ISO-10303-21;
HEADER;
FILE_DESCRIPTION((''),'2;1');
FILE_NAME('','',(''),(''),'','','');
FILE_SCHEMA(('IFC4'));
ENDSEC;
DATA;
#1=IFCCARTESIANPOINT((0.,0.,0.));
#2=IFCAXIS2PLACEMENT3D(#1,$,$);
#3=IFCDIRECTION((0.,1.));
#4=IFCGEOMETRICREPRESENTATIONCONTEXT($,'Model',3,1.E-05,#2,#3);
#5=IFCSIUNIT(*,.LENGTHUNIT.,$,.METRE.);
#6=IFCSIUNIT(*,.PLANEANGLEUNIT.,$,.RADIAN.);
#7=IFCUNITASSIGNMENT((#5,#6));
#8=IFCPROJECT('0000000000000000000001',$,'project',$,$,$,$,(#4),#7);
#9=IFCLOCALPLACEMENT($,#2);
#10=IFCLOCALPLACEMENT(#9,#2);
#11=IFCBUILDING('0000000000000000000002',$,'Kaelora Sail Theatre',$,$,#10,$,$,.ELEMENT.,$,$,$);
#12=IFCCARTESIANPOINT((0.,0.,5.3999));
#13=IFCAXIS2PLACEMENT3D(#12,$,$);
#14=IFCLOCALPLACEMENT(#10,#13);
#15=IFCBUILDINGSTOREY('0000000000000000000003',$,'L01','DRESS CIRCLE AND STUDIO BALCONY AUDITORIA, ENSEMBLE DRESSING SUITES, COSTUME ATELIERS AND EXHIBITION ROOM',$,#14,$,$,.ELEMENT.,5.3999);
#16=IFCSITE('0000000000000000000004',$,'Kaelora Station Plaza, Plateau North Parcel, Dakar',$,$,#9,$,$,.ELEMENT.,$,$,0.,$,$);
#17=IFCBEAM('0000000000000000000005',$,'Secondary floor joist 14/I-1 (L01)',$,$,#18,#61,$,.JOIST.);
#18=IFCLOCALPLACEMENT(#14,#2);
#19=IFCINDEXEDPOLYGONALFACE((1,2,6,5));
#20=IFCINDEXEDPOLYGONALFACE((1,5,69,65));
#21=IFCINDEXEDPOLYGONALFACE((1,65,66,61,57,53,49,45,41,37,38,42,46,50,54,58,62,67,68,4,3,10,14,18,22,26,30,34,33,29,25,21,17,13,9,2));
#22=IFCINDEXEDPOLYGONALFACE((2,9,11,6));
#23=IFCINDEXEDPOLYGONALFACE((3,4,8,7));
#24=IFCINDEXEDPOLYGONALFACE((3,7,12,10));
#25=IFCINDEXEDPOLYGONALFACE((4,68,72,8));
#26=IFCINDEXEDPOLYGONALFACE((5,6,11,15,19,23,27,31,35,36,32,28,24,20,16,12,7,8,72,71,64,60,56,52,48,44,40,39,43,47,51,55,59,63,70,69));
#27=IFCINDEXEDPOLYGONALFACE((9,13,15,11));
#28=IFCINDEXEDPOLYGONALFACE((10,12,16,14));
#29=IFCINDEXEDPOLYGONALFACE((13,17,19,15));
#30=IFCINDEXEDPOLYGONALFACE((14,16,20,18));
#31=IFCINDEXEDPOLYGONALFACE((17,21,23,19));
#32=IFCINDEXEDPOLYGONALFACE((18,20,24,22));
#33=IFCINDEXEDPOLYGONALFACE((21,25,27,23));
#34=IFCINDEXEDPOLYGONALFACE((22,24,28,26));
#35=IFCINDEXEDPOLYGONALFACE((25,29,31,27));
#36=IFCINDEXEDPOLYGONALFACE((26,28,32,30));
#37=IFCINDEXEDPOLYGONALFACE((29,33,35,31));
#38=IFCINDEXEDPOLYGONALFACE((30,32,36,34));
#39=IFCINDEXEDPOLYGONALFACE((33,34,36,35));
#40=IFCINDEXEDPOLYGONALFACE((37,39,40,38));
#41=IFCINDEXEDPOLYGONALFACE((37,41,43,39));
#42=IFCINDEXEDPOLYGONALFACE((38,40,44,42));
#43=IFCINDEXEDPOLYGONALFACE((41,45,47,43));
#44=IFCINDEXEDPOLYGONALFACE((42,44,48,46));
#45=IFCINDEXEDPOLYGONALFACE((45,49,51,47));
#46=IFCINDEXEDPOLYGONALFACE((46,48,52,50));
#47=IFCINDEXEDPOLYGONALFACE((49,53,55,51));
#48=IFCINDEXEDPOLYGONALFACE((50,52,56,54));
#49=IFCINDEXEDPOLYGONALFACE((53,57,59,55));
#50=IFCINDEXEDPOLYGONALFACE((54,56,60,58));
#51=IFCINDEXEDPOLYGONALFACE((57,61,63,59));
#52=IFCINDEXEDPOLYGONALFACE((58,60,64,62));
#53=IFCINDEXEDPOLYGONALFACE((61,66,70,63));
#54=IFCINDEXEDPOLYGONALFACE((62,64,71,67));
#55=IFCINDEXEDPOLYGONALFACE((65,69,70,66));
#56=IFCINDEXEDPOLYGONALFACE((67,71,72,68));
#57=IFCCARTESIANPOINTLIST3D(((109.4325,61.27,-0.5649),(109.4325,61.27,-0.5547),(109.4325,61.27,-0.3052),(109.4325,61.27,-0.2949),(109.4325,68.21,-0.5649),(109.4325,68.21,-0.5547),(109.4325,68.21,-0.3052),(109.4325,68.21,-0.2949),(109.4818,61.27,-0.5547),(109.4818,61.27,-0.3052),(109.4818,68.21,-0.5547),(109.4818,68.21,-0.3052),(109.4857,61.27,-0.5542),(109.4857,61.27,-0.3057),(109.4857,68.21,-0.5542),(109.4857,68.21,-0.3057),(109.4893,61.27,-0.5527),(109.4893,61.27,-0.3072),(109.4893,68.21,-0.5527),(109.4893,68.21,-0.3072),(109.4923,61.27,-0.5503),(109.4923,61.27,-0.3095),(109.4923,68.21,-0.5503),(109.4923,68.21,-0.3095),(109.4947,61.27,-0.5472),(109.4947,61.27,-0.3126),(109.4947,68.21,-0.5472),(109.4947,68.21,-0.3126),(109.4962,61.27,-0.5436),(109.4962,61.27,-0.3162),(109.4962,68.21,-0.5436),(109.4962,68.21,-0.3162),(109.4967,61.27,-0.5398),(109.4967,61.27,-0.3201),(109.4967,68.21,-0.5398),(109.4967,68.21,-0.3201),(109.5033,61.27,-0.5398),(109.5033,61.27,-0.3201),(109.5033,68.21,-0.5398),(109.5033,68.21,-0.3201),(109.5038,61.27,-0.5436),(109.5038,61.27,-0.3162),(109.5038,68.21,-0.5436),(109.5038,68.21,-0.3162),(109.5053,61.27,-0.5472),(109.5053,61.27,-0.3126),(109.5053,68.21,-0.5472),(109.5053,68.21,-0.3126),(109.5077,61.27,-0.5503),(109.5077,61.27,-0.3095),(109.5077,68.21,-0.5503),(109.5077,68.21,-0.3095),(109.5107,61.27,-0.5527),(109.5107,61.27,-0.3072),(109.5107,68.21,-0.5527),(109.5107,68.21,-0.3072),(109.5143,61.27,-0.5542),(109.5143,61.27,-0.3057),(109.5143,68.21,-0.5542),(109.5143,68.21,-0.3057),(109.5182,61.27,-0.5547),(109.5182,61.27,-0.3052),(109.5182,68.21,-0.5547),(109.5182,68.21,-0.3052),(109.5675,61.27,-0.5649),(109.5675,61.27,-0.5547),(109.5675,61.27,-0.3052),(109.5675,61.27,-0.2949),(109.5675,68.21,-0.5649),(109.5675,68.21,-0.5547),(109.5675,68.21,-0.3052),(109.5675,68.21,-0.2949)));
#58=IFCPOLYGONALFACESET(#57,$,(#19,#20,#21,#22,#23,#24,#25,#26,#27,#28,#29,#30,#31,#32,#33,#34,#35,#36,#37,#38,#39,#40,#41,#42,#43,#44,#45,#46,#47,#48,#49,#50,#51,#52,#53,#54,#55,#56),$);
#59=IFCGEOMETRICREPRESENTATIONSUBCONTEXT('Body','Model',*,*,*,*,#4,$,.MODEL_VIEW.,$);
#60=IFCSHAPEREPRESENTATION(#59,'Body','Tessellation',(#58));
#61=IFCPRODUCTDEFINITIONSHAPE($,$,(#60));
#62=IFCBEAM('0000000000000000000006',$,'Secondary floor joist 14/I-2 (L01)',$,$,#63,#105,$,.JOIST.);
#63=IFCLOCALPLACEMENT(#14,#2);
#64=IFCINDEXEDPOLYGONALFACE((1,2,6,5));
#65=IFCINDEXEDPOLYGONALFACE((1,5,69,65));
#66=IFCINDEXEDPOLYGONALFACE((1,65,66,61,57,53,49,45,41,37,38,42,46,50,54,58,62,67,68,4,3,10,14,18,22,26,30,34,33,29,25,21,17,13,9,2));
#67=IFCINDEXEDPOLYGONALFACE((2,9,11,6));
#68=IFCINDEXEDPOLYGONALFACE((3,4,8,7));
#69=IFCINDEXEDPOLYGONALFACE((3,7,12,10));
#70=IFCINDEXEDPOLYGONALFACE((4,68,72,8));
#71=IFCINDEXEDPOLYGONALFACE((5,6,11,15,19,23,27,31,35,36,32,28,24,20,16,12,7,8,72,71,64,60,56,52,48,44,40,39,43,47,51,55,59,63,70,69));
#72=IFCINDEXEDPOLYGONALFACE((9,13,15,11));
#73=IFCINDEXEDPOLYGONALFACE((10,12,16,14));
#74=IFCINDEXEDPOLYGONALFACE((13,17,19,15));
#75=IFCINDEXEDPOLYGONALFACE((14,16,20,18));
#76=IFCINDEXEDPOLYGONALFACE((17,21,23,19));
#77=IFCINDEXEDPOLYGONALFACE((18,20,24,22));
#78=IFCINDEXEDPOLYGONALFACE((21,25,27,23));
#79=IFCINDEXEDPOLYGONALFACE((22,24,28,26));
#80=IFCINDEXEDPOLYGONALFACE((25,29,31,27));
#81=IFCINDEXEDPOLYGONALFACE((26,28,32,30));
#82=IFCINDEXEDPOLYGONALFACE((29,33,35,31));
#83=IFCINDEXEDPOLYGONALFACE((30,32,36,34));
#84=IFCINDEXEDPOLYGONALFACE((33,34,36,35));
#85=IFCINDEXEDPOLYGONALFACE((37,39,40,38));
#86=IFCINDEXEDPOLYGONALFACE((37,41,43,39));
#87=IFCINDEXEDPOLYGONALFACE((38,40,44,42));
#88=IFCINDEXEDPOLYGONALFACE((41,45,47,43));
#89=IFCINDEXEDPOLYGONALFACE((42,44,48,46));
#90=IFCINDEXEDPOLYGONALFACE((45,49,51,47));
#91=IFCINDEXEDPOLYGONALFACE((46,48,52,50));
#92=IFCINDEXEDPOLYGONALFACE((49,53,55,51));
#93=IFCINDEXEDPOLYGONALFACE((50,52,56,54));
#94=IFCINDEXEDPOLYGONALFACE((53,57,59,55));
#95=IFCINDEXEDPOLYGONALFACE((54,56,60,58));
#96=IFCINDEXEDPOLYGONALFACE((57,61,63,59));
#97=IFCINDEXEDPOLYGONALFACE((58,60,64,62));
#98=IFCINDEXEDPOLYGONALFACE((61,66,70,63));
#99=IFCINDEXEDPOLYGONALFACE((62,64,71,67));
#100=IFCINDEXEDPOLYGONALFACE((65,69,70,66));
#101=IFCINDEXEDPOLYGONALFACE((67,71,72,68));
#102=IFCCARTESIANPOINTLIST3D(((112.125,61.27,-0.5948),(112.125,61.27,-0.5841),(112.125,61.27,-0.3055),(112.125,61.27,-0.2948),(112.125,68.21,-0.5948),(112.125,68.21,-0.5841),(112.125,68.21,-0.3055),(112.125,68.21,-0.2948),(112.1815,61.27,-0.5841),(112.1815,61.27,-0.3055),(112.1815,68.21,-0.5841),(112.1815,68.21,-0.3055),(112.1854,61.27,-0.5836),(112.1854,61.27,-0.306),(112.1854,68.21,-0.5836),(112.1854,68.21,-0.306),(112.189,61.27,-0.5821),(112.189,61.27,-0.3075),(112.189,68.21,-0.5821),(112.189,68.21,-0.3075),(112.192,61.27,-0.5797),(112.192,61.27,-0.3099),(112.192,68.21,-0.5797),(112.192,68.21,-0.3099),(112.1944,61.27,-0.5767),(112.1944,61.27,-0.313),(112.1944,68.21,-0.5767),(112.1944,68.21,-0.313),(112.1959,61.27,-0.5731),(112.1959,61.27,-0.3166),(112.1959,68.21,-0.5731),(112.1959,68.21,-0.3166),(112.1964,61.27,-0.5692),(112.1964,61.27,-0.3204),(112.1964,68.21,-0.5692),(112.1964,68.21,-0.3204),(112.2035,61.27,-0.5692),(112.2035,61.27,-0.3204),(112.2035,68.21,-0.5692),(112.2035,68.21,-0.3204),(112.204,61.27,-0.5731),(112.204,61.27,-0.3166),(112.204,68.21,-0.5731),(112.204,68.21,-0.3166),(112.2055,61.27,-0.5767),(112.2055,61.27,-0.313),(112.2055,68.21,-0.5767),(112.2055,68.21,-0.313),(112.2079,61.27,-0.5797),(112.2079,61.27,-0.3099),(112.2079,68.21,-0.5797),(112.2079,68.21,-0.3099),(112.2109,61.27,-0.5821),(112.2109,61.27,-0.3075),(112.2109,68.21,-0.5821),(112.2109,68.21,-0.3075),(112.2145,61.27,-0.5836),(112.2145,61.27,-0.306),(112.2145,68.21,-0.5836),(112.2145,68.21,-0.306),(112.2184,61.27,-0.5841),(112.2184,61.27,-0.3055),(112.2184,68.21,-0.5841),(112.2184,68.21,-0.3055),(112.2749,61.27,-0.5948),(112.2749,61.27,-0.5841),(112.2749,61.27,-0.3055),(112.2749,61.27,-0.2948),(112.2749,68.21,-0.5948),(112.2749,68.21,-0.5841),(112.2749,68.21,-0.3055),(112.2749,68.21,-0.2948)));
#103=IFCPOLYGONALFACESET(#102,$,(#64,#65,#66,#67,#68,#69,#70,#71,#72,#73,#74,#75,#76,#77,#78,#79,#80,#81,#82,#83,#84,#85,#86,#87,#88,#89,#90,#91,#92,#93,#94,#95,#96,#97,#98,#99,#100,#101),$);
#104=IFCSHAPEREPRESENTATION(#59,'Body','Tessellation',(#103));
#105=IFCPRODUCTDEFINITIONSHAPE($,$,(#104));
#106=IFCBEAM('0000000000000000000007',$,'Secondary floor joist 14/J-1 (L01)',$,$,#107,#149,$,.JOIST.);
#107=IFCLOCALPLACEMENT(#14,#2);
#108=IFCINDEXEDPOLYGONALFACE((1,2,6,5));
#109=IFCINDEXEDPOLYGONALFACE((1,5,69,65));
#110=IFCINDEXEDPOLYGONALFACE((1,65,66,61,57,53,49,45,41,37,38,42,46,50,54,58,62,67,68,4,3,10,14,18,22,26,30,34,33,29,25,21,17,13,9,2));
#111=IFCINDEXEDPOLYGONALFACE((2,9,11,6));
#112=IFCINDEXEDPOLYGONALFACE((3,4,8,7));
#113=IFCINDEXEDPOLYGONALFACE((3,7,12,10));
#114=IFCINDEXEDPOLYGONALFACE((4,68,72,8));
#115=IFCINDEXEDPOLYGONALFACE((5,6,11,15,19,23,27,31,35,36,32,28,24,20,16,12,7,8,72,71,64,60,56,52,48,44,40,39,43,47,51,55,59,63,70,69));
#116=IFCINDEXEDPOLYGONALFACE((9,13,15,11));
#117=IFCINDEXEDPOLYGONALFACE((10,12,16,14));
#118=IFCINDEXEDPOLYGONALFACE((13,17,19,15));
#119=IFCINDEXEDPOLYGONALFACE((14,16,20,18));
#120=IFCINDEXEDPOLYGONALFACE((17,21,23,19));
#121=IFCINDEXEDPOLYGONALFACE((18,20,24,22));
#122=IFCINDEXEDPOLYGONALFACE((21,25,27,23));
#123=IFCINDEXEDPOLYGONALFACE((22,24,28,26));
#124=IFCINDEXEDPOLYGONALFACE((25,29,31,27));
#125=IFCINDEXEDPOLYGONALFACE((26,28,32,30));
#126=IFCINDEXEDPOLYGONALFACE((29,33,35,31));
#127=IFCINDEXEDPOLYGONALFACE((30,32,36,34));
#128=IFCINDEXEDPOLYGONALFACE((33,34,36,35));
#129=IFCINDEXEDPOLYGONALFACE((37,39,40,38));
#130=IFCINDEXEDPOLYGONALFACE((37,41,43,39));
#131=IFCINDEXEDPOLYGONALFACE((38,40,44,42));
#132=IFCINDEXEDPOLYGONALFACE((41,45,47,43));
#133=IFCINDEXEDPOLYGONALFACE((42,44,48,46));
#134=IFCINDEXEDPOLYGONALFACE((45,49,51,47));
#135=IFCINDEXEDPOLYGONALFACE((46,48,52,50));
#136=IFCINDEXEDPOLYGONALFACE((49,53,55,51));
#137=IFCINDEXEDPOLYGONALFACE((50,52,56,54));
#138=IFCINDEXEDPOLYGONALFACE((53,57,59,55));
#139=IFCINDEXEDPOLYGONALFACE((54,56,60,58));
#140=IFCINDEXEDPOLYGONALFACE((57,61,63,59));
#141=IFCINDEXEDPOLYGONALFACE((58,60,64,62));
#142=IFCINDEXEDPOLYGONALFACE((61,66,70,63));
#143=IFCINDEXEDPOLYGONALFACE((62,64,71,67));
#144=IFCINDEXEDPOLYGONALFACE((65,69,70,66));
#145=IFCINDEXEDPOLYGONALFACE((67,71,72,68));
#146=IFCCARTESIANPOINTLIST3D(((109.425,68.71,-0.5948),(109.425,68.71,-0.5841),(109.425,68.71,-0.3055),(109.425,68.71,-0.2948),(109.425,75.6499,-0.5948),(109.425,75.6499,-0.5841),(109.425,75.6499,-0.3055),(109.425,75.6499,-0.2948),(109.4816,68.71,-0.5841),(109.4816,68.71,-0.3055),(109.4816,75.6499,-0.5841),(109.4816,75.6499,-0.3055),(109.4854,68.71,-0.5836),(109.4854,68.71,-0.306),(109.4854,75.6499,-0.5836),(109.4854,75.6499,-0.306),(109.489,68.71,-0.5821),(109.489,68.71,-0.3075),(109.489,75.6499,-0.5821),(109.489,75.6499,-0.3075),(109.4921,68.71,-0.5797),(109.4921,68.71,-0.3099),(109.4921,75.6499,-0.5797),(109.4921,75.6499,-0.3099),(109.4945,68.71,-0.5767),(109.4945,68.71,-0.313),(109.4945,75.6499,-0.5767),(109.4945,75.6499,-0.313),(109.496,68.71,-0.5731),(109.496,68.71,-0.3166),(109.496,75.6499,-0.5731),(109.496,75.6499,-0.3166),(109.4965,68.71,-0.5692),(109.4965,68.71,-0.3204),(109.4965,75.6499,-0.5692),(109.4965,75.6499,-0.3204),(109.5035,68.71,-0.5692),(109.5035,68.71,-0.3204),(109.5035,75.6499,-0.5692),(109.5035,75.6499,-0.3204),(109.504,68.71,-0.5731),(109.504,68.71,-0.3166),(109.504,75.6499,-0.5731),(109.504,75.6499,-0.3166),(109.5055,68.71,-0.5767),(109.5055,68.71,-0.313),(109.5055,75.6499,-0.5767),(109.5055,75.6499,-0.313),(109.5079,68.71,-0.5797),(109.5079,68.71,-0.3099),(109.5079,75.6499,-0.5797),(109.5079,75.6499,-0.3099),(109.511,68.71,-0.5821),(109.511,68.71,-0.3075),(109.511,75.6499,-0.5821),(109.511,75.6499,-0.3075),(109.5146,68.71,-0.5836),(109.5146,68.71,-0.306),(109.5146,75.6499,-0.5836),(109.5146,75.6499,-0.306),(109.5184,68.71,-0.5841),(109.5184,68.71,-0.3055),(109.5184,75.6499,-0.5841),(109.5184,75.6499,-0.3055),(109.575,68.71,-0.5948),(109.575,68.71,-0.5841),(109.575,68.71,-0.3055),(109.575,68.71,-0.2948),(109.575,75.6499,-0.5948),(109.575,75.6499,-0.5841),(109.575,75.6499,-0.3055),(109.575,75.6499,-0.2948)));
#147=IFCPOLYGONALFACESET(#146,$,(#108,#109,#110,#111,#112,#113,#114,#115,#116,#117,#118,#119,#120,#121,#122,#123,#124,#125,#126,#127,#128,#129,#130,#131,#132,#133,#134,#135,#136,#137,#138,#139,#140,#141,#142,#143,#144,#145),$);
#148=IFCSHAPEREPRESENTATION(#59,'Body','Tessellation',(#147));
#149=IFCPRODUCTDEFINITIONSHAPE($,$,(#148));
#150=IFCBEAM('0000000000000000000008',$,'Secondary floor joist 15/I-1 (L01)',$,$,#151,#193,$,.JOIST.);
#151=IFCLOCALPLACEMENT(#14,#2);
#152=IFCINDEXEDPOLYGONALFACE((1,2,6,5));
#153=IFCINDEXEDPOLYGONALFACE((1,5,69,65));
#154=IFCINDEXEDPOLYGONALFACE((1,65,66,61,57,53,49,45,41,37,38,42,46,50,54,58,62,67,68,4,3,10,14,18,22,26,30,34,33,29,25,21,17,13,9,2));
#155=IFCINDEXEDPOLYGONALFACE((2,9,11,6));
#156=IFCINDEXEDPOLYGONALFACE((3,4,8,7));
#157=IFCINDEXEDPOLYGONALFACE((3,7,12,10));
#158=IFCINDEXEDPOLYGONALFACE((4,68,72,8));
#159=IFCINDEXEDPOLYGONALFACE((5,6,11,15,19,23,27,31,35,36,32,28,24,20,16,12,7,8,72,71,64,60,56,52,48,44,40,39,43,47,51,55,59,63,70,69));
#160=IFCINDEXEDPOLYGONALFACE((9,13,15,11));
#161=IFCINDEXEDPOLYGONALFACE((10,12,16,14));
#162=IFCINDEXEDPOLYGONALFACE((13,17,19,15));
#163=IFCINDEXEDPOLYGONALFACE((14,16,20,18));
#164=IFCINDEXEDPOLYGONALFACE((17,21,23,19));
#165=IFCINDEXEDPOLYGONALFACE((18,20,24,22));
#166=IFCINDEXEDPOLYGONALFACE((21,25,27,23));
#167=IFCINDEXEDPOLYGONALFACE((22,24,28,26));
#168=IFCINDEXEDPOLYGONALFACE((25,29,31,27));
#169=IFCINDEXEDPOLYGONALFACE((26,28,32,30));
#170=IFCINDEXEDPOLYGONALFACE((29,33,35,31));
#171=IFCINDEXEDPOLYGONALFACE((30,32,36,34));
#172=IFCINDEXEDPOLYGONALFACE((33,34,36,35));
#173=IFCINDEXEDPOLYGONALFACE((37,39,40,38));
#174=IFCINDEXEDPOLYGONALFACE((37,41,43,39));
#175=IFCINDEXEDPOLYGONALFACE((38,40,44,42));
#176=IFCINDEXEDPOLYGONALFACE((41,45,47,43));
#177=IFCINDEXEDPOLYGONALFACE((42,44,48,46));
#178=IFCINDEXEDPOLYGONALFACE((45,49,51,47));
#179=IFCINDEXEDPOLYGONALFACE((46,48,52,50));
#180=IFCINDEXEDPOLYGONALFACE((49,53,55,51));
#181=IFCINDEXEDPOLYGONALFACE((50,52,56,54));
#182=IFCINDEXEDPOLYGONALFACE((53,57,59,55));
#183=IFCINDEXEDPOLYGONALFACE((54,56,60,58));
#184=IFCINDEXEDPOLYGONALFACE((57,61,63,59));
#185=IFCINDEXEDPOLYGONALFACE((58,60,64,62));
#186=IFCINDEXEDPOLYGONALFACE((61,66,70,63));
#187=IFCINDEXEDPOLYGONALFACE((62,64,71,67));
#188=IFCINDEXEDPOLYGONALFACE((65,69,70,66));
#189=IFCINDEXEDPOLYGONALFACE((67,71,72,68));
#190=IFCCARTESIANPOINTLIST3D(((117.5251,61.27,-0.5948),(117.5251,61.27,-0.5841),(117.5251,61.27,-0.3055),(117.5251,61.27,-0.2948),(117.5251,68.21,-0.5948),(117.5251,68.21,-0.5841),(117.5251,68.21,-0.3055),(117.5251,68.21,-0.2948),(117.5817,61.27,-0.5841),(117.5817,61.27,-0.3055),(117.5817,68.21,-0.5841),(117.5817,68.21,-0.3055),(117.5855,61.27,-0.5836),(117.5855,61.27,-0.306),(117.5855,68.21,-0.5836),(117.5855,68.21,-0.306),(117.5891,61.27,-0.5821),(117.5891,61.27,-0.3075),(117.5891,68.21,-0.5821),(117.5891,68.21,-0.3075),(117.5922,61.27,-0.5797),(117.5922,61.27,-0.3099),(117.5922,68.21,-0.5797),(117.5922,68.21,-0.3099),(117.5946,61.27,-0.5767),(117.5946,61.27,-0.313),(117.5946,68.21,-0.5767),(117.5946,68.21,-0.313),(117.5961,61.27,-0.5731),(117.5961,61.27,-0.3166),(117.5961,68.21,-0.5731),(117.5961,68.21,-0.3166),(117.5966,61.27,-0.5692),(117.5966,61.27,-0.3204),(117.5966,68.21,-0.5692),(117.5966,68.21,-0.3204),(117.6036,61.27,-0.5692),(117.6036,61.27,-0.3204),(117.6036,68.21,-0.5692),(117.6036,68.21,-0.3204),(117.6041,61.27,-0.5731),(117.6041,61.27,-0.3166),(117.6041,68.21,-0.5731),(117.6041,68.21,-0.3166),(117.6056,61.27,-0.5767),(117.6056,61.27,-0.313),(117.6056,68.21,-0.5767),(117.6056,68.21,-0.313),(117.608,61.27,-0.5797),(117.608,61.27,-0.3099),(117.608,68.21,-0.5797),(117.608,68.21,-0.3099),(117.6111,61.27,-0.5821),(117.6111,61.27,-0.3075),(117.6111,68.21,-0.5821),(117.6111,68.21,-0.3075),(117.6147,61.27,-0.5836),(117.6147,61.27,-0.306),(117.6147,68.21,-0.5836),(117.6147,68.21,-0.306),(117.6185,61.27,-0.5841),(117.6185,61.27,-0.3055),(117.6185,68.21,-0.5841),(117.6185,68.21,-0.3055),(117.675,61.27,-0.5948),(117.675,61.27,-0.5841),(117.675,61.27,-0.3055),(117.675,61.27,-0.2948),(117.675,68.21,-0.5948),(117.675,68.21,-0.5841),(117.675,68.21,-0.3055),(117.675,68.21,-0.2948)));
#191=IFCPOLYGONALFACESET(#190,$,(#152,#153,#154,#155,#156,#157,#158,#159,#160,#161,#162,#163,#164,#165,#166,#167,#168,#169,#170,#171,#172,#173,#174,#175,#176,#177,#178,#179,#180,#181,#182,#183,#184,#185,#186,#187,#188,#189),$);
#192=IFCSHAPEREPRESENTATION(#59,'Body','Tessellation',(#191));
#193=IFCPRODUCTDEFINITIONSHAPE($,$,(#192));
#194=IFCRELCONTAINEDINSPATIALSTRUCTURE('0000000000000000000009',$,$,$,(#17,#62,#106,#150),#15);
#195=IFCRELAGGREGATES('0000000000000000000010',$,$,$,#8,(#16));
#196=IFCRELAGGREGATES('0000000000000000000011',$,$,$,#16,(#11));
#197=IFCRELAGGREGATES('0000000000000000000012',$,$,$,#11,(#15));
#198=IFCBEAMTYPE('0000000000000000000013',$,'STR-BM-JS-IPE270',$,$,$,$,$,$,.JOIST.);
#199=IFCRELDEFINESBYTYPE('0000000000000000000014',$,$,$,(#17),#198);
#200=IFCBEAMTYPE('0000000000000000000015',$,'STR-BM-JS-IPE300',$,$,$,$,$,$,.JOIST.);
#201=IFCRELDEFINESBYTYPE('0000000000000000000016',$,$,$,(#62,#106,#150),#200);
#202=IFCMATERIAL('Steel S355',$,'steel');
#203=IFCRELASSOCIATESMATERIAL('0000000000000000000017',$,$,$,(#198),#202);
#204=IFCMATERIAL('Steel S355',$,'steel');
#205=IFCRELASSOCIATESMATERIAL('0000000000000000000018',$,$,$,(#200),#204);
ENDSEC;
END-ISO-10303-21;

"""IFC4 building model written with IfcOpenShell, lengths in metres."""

from ifc_helpers import new_model, si_unit, direction, frame, origin, origin_2d, place, context, subcontext, project, spatial, i_section, extrude, material, material_profile, profile_set, type_object, element, save


model = new_model("IFC4")

# Units and contexts
model_context = context("Model", 3, precision=1e-05, world=origin(), true_north=direction((0.0, 1.0)))
body_context = subcontext(model_context, "Body", "Model", "MODEL_VIEW")
ifc_project = project(units=[si_unit("LENGTHUNIT", "METRE"), si_unit("PLANEANGLEUNIT", "RADIAN")], contexts=[model_context])

# Site, building, storey
site_placement = place(None, origin())
site = spatial("IfcSite", under=ifc_project, at=site_placement, Name="Kaelora Station Plaza, Plateau North Parcel, Dakar", CompositionType="ELEMENT", RefElevation=0.0)
building_placement = place(site_placement, origin())
building = spatial("IfcBuilding", under=site, at=building_placement, Name="Kaelora Sail Theatre", CompositionType="ELEMENT")
storey_placement = place(building_placement, frame((0.0, 0.0, 5.3999)))
storey = spatial("IfcBuildingStorey", under=building, at=storey_placement, Name="L01", Description="DRESS CIRCLE AND STUDIO BALCONY AUDITORIA, ENSEMBLE DRESSING SUITES, COSTUME ATELIERS AND EXHIBITION ROOM", CompositionType="ELEMENT", Elevation=5.3999)

# Beams
ifc_material_1 = material(Name="Steel S355", Category="steel")
ifc_material_profile_1 = material_profile(ifc_material_1, i_section(OverallWidth=0.135, OverallDepth=0.27, WebThickness=0.0066, FlangeThickness=0.0103, FilletRadius=0.0149, at=origin_2d()), Name="IPE 270")
ifc_profile_set_1 = profile_set([ifc_material_profile_1], Name="Steel S355")
beam_type_1 = type_object("IfcBeamType", Name="STR-BM-JS-IPE270", PredefinedType="JOIST", material=ifc_profile_set_1)
beam_1_placement = place(storey_placement, frame((109.5, 61.27, -0.4299), z_axis=(0.0, 1.0, 0.0), x_axis=(-1.0, 0.0, 0.0)))
element("IfcBeam", 1, at=beam_1_placement, inside=storey, type_object=beam_type_1, Name="Secondary floor joist 14/I-1 (L01)", PredefinedType="JOIST", context=body_context, shape_type="SweptSolid", body=[
    extrude(i_section(OverallWidth=0.135, OverallDepth=0.27, WebThickness=0.0066, FlangeThickness=0.0103, FilletRadius=0.0149, at=origin_2d()), origin(), (0.0, 0.0, 1.0), 6.9399),
])
ifc_material_2 = material(Name="Steel S355", Category="steel")
ifc_material_profile_2 = material_profile(ifc_material_2, i_section(OverallWidth=0.1499, OverallDepth=0.3, WebThickness=0.0071, FlangeThickness=0.0107, FilletRadius=0.0149, at=origin_2d()), Name="IPE 300")
ifc_profile_set_2 = profile_set([ifc_material_profile_2], Name="Steel S355")
beam_type_2 = type_object("IfcBeamType", Name="STR-BM-JS-IPE300", PredefinedType="JOIST", material=ifc_profile_set_2)
for number, where, z_axis, x_axis, name in (
    (2, (112.2, 61.27, -0.4448), (0.0, 1.0, 0.0), (-1.0, 0.0, 0.0), "Secondary floor joist 14/I-2 (L01)"),
    (3, (109.5, 68.71, -0.4448), (0.0, 1.0, 0.0), (-1.0, 0.0, 0.0), "Secondary floor joist 14/J-1 (L01)"),
    (4, (117.6001, 61.27, -0.4448), (0.0, 1.0, 0.0), (-1.0, 0.0, 0.0), "Secondary floor joist 15/I-1 (L01)"),
):
    element("IfcBeam", number, at=place(storey_placement, frame(where, z_axis=z_axis, x_axis=x_axis)), inside=storey, type_object=beam_type_2, Name=name, PredefinedType="JOIST", context=body_context, shape_type="SweptSolid", body=[
        extrude(i_section(OverallWidth=0.1499, OverallDepth=0.3, WebThickness=0.0071, FlangeThickness=0.0107, FilletRadius=0.0149, at=origin_2d()), origin(), (0.0, 0.0, 1.0), 6.9399),
    ])

save(model, "model.ifc")
